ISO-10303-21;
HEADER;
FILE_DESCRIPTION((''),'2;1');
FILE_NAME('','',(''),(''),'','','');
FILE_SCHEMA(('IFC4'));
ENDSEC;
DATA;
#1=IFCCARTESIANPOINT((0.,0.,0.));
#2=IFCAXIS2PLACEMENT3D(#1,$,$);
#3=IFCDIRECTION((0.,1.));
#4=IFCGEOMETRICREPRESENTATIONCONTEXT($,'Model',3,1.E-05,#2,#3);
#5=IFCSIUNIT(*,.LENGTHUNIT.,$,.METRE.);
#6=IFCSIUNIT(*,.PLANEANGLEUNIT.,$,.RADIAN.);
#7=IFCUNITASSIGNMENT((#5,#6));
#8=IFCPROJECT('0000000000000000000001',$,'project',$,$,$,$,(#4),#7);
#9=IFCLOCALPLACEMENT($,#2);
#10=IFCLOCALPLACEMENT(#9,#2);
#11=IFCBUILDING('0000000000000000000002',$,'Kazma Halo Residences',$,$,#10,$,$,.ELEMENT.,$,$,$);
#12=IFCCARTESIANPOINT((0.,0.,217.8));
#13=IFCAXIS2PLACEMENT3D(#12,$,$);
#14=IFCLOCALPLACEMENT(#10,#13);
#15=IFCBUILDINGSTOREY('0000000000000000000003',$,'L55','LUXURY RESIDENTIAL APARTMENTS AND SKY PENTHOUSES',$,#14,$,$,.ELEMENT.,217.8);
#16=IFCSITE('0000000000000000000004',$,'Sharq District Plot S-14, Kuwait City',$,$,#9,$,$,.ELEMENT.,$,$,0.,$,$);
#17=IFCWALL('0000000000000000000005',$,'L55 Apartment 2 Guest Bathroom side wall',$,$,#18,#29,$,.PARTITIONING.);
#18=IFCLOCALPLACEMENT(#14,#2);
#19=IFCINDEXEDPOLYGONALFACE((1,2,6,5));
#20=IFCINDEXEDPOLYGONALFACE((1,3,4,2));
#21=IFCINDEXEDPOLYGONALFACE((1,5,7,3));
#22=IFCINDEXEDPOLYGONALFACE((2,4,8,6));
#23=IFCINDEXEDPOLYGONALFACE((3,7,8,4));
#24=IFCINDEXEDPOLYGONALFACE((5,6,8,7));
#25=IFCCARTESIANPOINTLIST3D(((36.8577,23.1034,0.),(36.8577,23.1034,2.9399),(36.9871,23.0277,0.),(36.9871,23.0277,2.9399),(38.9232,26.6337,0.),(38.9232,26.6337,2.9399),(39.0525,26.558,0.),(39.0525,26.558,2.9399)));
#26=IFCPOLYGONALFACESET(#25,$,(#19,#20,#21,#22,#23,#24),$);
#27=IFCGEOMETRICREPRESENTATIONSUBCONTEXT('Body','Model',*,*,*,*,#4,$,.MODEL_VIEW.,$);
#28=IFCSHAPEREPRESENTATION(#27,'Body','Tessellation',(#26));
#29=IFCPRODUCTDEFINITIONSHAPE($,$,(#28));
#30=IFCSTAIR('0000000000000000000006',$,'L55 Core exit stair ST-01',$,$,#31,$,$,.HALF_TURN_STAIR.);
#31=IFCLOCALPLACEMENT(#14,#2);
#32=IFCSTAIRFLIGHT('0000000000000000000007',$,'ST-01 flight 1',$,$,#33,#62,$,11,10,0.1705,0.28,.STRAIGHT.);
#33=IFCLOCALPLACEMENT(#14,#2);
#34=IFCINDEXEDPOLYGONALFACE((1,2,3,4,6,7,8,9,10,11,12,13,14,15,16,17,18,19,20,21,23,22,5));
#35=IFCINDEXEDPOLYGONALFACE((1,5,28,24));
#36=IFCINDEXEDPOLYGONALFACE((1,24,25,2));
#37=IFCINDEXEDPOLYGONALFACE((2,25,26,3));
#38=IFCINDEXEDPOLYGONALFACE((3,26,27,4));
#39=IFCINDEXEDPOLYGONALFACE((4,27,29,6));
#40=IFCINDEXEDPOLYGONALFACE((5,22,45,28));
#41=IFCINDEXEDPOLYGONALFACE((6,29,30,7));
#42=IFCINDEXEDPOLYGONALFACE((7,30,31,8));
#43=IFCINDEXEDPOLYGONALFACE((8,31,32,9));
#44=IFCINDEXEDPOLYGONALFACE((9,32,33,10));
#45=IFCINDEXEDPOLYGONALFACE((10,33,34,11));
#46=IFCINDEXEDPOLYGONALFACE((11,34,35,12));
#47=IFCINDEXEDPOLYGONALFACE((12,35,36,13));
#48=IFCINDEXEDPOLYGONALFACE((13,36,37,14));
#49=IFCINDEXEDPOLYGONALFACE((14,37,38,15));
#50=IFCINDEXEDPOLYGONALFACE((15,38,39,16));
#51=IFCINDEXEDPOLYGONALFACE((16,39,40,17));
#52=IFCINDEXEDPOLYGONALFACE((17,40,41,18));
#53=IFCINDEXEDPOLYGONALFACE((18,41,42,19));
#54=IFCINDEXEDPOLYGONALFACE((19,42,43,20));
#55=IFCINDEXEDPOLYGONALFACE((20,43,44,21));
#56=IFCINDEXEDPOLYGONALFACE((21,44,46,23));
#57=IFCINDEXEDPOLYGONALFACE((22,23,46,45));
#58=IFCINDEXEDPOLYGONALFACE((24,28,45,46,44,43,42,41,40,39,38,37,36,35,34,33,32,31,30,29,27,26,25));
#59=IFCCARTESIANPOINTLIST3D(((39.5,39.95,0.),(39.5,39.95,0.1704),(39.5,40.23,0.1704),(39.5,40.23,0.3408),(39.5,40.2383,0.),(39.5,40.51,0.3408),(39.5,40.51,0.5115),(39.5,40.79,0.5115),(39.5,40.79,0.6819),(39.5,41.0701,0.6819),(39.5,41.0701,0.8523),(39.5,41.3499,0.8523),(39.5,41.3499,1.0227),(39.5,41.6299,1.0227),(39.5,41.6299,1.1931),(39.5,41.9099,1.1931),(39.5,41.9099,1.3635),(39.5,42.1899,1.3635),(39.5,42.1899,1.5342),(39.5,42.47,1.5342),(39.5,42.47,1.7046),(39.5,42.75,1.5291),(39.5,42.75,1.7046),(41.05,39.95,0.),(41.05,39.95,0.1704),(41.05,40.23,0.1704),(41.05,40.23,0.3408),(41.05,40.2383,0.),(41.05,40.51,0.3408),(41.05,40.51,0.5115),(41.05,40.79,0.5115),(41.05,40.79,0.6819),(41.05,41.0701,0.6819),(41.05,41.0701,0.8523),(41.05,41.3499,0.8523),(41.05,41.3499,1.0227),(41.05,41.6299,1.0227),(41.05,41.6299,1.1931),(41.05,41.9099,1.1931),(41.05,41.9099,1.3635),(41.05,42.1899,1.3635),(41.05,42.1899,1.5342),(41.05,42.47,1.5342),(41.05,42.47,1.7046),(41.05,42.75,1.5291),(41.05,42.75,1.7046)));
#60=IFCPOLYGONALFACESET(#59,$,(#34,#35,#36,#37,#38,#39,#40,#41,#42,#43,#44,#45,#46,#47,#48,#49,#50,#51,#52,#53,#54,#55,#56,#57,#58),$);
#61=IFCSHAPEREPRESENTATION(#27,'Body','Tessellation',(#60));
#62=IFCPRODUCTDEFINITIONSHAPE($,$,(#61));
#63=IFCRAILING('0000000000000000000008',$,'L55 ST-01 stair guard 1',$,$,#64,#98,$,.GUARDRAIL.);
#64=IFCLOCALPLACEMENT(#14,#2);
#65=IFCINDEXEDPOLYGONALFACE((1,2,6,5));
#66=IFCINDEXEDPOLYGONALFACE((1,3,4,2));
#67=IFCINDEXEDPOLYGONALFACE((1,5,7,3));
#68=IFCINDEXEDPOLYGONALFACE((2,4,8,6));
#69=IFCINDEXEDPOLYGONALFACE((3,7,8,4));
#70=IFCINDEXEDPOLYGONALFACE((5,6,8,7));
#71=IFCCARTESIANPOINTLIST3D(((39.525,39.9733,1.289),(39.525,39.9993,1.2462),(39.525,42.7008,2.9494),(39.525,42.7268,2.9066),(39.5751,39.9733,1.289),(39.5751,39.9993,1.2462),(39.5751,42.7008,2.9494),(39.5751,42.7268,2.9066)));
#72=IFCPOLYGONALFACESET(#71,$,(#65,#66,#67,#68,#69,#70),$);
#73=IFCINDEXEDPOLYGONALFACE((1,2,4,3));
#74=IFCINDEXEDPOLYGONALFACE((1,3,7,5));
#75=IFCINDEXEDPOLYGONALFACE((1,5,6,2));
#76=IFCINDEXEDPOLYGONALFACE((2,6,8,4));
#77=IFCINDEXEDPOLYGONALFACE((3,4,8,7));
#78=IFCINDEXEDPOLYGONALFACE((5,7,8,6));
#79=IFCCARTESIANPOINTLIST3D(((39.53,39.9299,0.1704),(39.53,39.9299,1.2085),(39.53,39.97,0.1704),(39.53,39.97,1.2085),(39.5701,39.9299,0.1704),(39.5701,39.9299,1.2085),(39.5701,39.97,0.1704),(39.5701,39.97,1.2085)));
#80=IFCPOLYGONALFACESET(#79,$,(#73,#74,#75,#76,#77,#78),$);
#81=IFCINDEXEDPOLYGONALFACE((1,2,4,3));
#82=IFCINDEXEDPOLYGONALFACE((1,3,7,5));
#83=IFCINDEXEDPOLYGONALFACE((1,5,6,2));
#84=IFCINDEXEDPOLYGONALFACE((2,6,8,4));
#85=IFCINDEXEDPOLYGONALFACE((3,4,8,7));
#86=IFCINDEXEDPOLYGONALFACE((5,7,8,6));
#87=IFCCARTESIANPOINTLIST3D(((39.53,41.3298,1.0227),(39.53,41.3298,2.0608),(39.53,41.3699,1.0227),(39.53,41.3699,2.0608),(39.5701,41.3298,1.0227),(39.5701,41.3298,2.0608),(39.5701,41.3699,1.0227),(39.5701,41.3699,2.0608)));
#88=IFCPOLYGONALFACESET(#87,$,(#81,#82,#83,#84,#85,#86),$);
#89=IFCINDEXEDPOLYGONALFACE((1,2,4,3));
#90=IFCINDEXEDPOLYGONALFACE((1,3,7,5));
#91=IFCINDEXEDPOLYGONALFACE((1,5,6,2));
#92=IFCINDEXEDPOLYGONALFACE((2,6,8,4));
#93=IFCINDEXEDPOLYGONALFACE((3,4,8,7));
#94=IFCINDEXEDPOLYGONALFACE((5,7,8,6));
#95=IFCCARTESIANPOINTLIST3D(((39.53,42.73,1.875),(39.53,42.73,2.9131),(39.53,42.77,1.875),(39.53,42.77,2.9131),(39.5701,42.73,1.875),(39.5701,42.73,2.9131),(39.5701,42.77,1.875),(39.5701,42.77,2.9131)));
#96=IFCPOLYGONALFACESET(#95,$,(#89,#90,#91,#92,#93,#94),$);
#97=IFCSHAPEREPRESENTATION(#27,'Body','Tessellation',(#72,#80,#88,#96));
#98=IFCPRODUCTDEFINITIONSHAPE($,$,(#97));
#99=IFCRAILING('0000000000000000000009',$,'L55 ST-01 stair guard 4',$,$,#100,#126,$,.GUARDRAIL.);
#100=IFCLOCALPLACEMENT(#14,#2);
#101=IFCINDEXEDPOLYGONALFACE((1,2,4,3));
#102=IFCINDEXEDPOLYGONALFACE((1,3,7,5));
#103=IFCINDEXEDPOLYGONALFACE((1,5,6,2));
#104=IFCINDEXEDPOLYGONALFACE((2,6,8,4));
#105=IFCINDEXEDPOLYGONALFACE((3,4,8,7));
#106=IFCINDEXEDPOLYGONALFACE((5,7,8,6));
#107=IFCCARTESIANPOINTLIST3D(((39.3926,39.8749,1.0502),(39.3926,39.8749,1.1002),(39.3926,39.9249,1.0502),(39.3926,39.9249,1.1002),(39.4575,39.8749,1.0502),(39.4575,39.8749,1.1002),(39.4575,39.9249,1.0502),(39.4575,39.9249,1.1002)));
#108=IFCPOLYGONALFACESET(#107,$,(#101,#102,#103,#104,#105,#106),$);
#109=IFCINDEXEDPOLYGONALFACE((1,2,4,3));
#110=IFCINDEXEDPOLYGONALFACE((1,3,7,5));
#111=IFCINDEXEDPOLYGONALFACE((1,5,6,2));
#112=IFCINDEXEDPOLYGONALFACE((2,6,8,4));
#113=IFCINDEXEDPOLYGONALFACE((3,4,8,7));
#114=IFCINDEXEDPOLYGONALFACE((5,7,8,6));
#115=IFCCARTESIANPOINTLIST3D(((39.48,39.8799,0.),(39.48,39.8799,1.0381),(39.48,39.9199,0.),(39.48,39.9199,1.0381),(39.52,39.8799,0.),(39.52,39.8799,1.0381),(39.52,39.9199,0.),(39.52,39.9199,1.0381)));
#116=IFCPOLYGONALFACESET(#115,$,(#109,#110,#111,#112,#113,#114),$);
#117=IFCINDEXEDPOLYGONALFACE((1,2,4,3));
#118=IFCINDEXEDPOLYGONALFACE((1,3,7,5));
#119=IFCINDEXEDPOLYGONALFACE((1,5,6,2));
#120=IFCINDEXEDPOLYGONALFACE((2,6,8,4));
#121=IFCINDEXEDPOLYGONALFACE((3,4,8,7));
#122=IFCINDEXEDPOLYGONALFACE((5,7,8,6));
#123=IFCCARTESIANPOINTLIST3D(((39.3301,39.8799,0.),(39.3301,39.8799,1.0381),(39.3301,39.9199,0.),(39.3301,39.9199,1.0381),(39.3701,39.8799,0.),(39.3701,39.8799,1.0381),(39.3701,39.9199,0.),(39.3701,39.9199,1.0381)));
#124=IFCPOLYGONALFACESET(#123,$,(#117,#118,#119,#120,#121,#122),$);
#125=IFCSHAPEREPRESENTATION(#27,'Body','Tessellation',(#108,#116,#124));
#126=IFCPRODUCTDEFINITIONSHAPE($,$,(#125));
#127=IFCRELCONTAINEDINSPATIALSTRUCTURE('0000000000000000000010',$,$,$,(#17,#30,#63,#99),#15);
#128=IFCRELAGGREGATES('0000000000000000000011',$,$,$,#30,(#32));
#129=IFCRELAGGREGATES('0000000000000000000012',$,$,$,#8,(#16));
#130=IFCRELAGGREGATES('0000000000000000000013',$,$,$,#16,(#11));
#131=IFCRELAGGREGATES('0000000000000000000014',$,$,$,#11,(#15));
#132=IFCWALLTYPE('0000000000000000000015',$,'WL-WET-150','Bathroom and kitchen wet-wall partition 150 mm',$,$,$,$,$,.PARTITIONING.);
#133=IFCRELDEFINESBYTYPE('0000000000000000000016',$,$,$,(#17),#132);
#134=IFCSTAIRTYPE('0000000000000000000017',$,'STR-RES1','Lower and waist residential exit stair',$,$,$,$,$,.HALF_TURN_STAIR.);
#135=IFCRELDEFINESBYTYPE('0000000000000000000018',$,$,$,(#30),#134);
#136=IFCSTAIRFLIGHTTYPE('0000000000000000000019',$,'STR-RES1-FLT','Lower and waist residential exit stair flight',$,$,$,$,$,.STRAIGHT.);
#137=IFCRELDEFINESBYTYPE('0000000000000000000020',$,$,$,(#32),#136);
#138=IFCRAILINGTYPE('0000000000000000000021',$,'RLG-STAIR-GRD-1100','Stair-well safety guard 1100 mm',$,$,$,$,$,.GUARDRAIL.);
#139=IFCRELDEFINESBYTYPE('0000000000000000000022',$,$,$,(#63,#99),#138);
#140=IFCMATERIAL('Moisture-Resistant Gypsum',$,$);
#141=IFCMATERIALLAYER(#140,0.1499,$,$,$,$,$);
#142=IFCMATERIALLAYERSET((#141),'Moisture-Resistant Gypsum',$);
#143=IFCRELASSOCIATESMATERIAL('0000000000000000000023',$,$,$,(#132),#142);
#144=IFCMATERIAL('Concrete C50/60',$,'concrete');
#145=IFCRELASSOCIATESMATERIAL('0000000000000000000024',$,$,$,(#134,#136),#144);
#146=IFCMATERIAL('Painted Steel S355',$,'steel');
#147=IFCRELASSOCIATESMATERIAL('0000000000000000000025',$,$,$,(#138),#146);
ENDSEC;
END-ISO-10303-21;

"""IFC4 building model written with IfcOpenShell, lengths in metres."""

from ifc_helpers import new_model, si_unit, direction, frame, frame_2d, origin, origin_2d, place, context, subcontext, project, spatial, polyline, rectangle, outline, extrude, material, layer, layer_set, type_object, element, aggregate, save


model = new_model("IFC4")

# Units and contexts
model_context = context("Model", 3, precision=1e-05, world=origin(), true_north=direction((0.0, 1.0)))
body_context = subcontext(model_context, "Body", "Model", "MODEL_VIEW")
ifc_project = project(units=[si_unit("LENGTHUNIT", "METRE"), si_unit("PLANEANGLEUNIT", "RADIAN")], contexts=[model_context])

# Site, building, storey
site_placement = place(None, origin())
site = spatial("IfcSite", under=ifc_project, at=site_placement, Name="Sharq District Plot S-14, Kuwait City", CompositionType="ELEMENT", RefElevation=0.0)
building_placement = place(site_placement, origin())
building = spatial("IfcBuilding", under=site, at=building_placement, Name="Kazma Halo Residences", CompositionType="ELEMENT")
storey_placement = place(building_placement, frame((0.0, 0.0, 217.8)))
storey = spatial("IfcBuildingStorey", under=building, at=storey_placement, Name="L55", Description="LUXURY RESIDENTIAL APARTMENTS AND SKY PENTHOUSES", CompositionType="ELEMENT", Elevation=217.8)

# Shared definitions
ifc_material_1 = material(Name="Concrete C50/60", Category="concrete")
ifc_material_2 = material(Name="Moisture-Resistant Gypsum")
ifc_layer_1 = layer(ifc_material_2, 0.1499)
ifc_layer_set_1 = layer_set([ifc_layer_1], Name="Moisture-Resistant Gypsum")
wall_type_1 = type_object("IfcWallType", Name="WL-WET-150", Description="Bathroom and kitchen wet-wall partition 150 mm", PredefinedType="PARTITIONING", material=ifc_layer_set_1)

# Wall
wall_1_placement = place(storey_placement, frame((38.9878, 26.5957, 0.0), z_axis=(0.0, 0.0, 1.0), x_axis=(-0.504984, -0.863129, 0.0)))
element("IfcWall", 1, at=wall_1_placement, inside=storey, type_object=wall_type_1, Name="L55 Apartment 2 Guest Bathroom side wall", PredefinedType="PARTITIONING", context=body_context, shape_type="SweptSolid", body=[
    extrude(rectangle(XDim=4.0901, YDim=0.1499, at=frame_2d((2.0449, 0.0))), origin(), (0.0, 0.0, 1.0), 2.9399),
])

# Stair, stair flight
stair_type = type_object("IfcStairType", Name="STR-RES1", Description="Lower and waist residential exit stair", PredefinedType="HALF_TURN_STAIR", material=ifc_material_1)
stair_placement = place(storey_placement, origin())
stair = element("IfcStair", 2, at=stair_placement, inside=storey, type_object=stair_type, Name="L55 Core exit stair ST-01", PredefinedType="HALF_TURN_STAIR")
stair_flight_type = type_object("IfcStairFlightType", Name="STR-RES1-FLT", Description="Lower and waist residential exit stair flight", PredefinedType="STRAIGHT", material=ifc_material_1)
stair_flight_placement = place(storey_placement, frame((40.2749, 39.95, 0.0), z_axis=(0.0, 0.0, 1.0), x_axis=(0.0, 1.0, 0.0)))
stair_flight = element("IfcStairFlight", 3, at=stair_flight_placement, type_object=stair_flight_type, Name="ST-01 flight 1", NumberOfRisers=11, NumberOfTreads=10, PredefinedType="STRAIGHT", RiserHeight=0.1705, TreadLength=0.28, context=body_context, shape_type="SweptSolid", body=[
    extrude(outline(polyline([(0.0, 0.0), (0.0, 0.1704), (0.28, 0.1704), (0.28, 0.3408), (0.5601, 0.3408), (0.5601, 0.5115), (0.8401, 0.5115), (0.8401, 0.6819), (1.1201, 0.6819), (1.1201, 0.8523), (1.3999, 0.8523), (1.3999, 1.0227), (1.6799, 1.0227), (1.6799, 1.1931), (1.96, 1.1931), (1.96, 1.3635), (2.24, 1.3635), (2.24, 1.5342), (2.52, 1.5342), (2.52, 1.7046), (2.8, 1.7046), (2.8, 1.875), (2.8, 1.5291), (0.2883, 0.0), (0.0, 0.0)])), frame((0.0, 0.7749, 0.0), z_axis=(0.0, -1.0, 0.0), x_axis=(1.0, 0.0, 0.0)), (0.0, 0.0, 1.0), 1.55),
])
aggregate(stair, [stair_flight])

# Railings
ifc_material_3 = material(Name="Painted Steel S355", Category="steel")
railing_type = type_object("IfcRailingType", Name="RLG-STAIR-GRD-1100", Description="Stair-well safety guard 1100 mm", PredefinedType="GUARDRAIL", material=ifc_material_3)
railing_1_placement = place(storey_placement, frame((39.55, 39.95, 0.1704)))
element("IfcRailing", 4, at=railing_1_placement, inside=storey, type_object=railing_type, Name="L55 ST-01 stair guard 1", PredefinedType="GUARDRAIL", context=body_context, shape_type="SweptSolid", body=[
    extrude(rectangle(XDim=0.05, YDim=0.05, at=origin_2d()), frame((0.0, 0.0364, 1.0972), z_axis=(0.0, 0.85417, 0.519994), x_axis=(-1.0, 0.0, 0.0)), (0.0, 0.0, 1.0), 3.1931),
    extrude(rectangle(XDim=0.04, YDim=0.04, at=origin_2d()), origin(), (0.0, 0.0, 1.0), 1.0381),
    extrude(rectangle(XDim=0.04, YDim=0.04, at=origin_2d()), frame((0.0, 1.3999, 0.8523)), (0.0, 0.0, 1.0), 1.0381),
    extrude(rectangle(XDim=0.04, YDim=0.04, at=origin_2d()), frame((0.0, 2.8, 1.7046)), (0.0, 0.0, 1.0), 1.0381),
])
railing_2_placement = place(storey_placement, frame((39.5, 39.8999, 0.0)))
element("IfcRailing", 5, at=railing_2_placement, inside=storey, type_object=railing_type, Name="L55 ST-01 stair guard 4", PredefinedType="GUARDRAIL", context=body_context, shape_type="SweptSolid", body=[
    extrude(rectangle(XDim=0.05, YDim=0.05, at=origin_2d()), frame((-0.0425, 0.0, 1.0752), z_axis=(-1.0, 0.0, 0.0), x_axis=(0.0, -1.0, 0.0)), (0.0, 0.0, 1.0), 0.0649),
    extrude(rectangle(XDim=0.04, YDim=0.04, at=origin_2d()), origin(), (0.0, 0.0, 1.0), 1.0381),
    extrude(rectangle(XDim=0.04, YDim=0.04, at=origin_2d()), frame((-0.1499, 0.0, 0.0)), (0.0, 0.0, 1.0), 1.0381),
])

save(model, "model.ifc")
